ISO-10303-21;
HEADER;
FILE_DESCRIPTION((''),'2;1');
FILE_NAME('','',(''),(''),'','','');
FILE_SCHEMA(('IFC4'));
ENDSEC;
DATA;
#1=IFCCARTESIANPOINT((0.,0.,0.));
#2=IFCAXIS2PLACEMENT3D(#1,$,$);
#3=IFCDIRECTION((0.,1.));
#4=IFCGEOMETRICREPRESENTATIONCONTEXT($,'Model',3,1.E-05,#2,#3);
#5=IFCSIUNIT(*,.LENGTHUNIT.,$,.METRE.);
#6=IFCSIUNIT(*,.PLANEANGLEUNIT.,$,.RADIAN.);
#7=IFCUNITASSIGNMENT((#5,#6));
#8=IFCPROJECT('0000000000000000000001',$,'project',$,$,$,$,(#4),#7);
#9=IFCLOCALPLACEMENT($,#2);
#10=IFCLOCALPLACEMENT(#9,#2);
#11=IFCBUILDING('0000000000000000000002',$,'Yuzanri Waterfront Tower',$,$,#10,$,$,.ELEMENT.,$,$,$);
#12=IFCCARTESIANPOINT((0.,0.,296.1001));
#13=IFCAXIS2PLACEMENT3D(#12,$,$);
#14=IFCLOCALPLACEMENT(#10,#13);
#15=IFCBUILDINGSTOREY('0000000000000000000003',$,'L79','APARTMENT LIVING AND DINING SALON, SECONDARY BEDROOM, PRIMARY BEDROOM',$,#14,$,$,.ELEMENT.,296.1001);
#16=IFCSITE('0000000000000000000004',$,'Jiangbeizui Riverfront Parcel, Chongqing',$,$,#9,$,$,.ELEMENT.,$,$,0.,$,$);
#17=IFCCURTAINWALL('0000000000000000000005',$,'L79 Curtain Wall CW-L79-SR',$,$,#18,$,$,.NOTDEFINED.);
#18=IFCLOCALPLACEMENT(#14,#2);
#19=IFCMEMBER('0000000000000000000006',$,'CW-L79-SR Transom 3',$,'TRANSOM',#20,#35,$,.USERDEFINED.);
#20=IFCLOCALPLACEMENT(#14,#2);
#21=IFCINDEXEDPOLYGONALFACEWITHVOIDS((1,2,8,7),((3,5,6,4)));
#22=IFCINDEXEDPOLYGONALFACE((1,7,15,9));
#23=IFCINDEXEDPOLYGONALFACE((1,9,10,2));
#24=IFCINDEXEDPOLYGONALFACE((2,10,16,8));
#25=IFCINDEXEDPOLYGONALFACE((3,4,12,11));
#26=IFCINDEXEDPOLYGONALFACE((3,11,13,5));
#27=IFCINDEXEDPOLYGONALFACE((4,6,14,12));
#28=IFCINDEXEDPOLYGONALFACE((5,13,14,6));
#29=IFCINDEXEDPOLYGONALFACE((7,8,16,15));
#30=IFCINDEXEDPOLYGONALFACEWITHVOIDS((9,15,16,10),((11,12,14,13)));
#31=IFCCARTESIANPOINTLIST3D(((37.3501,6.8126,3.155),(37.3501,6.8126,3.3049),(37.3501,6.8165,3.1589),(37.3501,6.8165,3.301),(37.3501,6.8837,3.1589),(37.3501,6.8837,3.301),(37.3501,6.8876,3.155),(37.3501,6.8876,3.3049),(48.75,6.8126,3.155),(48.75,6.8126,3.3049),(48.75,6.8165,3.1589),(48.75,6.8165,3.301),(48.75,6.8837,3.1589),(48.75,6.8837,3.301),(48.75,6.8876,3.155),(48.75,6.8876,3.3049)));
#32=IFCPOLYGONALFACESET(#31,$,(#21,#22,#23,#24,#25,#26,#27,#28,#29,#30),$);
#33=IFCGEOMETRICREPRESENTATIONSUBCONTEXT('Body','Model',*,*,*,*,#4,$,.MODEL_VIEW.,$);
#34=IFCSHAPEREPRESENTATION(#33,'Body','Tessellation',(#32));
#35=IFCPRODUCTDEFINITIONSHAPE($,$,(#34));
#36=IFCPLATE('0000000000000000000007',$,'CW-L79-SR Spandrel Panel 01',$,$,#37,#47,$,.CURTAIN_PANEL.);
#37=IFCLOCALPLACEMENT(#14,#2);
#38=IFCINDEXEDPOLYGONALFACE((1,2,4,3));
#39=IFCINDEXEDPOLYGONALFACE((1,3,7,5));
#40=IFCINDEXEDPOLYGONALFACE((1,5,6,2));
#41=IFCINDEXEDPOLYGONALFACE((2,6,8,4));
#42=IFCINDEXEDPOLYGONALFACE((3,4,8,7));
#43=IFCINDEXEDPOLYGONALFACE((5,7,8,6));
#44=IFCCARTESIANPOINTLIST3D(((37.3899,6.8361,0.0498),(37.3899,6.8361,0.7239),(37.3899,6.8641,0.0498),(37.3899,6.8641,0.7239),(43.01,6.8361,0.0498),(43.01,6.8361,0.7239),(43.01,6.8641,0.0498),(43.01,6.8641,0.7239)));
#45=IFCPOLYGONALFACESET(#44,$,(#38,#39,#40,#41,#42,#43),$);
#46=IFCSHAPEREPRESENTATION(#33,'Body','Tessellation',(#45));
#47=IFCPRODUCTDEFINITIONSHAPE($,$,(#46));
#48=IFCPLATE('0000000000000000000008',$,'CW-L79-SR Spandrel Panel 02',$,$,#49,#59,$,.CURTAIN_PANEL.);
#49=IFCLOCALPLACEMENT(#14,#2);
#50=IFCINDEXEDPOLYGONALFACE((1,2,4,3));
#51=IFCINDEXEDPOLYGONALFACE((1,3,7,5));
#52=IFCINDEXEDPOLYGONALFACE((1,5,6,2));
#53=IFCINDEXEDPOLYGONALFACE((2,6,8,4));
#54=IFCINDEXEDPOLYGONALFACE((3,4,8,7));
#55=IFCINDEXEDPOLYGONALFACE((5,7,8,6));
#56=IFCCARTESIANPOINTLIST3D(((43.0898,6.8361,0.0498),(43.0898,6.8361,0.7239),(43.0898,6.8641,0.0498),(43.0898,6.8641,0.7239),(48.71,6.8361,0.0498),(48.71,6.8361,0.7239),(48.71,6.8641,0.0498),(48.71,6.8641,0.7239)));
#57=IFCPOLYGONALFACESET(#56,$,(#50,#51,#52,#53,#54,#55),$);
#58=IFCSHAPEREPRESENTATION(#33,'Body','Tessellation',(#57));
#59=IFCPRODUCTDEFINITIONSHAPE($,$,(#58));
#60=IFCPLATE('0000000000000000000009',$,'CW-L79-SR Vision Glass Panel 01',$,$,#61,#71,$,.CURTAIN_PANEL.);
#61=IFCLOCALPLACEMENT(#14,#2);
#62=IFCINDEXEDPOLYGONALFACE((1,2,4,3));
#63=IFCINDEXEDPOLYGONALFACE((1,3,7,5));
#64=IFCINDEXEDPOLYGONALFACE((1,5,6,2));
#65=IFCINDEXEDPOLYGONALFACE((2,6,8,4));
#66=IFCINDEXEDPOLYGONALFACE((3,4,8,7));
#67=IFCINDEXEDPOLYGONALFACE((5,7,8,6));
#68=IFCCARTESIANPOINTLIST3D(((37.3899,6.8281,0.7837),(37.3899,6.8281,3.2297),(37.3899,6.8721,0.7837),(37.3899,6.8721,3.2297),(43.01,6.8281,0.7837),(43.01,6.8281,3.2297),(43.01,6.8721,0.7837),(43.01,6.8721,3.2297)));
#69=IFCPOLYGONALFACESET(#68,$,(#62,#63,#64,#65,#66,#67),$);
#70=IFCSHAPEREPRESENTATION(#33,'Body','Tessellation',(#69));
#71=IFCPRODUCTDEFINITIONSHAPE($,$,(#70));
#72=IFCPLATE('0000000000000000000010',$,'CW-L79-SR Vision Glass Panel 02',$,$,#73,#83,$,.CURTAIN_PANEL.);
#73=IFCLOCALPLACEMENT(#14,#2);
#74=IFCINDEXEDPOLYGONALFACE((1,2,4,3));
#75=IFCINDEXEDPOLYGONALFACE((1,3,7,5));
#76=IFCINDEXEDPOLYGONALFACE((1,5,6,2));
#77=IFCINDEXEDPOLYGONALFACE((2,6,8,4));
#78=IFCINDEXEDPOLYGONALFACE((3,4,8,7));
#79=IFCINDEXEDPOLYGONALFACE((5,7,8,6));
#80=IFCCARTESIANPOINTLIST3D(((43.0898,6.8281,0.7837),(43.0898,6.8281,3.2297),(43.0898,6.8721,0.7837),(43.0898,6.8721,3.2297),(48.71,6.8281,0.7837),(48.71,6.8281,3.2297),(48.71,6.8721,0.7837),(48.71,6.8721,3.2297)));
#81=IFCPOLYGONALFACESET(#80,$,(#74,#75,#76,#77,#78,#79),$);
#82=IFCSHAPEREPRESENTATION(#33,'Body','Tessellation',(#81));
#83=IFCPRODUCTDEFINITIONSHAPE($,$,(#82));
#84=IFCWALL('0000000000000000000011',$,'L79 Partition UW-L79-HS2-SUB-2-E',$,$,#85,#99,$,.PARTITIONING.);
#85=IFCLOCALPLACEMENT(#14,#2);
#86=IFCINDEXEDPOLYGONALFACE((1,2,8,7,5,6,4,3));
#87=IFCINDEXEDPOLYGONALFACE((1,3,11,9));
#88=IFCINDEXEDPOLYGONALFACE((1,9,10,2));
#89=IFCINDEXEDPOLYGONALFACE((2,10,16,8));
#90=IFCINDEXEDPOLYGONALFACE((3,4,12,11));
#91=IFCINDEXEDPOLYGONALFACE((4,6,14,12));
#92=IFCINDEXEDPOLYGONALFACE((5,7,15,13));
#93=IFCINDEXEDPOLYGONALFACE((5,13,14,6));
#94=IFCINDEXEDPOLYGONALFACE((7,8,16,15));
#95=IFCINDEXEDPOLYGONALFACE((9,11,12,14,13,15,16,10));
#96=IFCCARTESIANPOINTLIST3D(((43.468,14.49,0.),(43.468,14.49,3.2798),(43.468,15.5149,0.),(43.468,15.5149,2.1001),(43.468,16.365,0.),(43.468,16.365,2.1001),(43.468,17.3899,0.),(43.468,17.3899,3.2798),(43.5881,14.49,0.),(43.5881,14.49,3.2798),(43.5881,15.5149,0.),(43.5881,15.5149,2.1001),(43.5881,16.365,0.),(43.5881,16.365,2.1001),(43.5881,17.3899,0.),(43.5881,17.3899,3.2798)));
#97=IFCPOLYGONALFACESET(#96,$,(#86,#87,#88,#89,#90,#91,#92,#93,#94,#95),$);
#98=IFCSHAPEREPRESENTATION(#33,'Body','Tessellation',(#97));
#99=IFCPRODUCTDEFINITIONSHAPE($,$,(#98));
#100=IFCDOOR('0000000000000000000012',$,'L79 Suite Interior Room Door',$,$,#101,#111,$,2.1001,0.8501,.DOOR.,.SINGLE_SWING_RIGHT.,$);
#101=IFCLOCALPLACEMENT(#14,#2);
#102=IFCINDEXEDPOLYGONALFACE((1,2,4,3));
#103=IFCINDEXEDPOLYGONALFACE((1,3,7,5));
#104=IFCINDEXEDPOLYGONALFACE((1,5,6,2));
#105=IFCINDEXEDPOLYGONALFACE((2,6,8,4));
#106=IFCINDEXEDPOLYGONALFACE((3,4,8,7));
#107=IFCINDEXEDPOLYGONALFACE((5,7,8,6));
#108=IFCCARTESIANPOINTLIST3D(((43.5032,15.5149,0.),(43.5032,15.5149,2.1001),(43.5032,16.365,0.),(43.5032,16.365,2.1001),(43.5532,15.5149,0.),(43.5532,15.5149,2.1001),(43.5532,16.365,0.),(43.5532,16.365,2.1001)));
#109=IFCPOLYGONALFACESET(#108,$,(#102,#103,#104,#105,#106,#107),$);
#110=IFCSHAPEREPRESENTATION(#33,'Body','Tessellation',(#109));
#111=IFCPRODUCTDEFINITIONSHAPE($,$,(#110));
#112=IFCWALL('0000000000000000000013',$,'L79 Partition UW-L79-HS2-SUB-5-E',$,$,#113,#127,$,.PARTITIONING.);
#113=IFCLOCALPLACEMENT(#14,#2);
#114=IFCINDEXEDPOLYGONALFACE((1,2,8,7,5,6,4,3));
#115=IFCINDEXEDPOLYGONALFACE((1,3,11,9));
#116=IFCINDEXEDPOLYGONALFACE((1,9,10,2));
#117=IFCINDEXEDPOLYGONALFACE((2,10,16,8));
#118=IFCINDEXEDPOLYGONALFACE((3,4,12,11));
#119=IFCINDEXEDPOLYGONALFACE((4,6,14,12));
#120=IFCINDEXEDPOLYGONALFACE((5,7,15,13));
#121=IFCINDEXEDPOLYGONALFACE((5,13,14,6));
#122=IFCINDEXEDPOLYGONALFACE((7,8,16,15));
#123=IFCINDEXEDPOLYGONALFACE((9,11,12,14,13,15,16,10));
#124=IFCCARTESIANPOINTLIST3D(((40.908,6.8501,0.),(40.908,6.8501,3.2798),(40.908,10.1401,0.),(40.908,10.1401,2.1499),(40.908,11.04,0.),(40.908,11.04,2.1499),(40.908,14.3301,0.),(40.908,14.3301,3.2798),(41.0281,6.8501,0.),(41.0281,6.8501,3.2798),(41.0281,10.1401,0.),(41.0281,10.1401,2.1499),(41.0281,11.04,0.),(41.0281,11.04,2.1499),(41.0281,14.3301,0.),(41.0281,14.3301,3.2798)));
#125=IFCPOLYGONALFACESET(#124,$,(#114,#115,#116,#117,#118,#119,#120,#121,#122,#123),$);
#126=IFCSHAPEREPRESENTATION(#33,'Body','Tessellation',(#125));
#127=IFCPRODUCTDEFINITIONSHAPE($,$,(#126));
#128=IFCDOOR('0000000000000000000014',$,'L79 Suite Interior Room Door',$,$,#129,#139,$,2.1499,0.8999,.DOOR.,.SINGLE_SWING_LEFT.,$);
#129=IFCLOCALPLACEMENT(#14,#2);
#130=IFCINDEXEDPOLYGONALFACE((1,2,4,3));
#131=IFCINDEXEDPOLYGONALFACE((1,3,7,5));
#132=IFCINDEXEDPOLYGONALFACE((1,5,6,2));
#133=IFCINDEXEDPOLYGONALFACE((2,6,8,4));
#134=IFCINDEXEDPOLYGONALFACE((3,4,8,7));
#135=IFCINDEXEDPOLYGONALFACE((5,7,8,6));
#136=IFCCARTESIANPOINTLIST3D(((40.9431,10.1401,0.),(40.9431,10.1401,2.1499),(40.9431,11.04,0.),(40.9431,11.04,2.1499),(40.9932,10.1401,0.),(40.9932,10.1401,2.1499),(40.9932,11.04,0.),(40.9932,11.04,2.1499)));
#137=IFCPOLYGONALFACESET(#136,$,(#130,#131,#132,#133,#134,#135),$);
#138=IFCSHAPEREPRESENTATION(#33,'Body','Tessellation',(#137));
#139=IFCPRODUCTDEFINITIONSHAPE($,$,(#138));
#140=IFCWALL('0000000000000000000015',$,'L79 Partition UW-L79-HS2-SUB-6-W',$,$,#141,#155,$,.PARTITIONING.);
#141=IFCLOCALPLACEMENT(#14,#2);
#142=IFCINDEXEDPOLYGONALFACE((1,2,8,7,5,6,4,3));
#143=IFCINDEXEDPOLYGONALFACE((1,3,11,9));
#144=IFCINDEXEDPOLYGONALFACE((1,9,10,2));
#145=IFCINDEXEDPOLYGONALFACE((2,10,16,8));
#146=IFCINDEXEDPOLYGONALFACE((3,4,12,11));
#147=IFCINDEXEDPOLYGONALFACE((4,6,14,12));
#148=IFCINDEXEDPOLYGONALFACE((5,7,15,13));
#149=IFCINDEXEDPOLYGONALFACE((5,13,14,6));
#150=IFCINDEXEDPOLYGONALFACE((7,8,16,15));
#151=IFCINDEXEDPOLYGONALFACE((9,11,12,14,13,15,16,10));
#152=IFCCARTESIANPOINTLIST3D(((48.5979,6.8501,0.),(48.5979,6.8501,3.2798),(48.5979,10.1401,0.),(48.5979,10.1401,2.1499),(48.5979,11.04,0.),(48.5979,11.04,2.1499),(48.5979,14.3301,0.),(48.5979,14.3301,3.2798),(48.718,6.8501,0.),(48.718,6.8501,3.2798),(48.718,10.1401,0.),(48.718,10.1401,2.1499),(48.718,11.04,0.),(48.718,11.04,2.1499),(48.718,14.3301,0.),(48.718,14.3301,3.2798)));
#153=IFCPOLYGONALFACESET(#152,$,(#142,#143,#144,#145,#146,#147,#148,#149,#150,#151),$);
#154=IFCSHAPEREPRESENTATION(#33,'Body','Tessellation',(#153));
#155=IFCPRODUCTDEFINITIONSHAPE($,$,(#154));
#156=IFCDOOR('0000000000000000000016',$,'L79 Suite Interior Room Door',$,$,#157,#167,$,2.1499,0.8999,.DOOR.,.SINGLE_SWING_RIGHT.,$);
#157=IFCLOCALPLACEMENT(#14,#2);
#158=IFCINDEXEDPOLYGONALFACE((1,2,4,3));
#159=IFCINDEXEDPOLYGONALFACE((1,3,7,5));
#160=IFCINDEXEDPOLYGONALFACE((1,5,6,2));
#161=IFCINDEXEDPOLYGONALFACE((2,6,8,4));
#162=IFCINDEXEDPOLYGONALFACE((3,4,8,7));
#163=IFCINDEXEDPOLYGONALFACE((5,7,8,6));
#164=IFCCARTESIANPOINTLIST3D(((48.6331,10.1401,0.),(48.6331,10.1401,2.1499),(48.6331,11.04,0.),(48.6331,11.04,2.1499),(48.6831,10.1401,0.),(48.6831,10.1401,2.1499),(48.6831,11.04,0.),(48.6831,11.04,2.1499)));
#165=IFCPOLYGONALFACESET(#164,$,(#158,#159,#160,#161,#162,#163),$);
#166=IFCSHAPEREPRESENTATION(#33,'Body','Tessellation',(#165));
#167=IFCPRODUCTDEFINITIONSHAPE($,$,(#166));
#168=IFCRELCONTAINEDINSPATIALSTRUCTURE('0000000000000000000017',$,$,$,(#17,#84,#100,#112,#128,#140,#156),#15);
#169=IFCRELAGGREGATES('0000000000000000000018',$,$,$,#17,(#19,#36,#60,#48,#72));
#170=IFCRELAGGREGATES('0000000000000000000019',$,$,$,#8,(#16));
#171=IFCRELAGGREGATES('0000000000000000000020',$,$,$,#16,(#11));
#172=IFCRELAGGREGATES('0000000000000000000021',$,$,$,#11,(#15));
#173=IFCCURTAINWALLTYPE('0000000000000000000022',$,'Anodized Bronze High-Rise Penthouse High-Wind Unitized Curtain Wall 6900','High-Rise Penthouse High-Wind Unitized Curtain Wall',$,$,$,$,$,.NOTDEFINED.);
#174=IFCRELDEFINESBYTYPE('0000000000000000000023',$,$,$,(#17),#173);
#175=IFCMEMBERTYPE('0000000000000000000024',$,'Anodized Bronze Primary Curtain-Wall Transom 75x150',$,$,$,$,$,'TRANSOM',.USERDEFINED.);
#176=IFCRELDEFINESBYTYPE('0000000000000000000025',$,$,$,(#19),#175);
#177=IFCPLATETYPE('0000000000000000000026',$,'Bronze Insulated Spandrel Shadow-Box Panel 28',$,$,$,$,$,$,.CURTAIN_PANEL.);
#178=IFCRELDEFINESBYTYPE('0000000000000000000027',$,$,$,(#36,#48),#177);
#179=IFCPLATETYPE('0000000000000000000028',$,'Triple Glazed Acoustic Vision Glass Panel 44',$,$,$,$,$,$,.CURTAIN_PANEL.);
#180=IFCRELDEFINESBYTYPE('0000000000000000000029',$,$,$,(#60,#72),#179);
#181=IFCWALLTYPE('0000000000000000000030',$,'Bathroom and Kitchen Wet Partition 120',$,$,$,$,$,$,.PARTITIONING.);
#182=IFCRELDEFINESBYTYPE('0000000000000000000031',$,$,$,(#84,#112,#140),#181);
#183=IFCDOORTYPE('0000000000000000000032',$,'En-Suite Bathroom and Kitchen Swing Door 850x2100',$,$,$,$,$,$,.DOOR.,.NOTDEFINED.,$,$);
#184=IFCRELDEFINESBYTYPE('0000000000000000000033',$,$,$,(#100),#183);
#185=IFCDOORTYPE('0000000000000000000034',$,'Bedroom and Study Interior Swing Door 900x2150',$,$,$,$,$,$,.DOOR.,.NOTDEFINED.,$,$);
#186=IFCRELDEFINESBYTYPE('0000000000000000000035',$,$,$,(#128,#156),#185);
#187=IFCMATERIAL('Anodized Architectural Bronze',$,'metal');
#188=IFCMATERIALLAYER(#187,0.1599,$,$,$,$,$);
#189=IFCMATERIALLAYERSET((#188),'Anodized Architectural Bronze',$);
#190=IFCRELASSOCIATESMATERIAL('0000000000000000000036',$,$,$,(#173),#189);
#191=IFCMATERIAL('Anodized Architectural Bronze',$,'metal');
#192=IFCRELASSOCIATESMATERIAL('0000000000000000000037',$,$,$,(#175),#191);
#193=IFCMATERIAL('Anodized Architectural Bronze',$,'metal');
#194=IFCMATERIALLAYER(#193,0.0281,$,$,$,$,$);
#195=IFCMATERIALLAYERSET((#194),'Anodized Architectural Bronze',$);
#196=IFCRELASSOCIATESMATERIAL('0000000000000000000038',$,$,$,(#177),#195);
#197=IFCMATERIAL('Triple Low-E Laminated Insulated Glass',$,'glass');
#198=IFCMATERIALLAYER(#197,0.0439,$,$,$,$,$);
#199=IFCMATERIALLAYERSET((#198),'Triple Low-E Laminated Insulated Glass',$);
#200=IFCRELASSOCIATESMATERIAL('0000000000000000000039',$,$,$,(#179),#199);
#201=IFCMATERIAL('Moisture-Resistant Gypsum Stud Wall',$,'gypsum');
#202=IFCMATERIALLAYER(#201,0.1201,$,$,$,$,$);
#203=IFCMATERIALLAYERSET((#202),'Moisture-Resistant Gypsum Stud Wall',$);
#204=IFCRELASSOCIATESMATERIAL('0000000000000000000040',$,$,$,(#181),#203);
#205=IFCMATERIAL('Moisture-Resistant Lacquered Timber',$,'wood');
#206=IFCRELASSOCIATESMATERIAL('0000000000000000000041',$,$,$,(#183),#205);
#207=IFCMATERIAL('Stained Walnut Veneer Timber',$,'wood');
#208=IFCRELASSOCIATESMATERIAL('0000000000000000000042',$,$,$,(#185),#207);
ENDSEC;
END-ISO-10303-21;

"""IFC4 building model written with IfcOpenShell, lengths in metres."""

from ifc_helpers import new_model, si_unit, direction, frame, frame_2d, origin, origin_2d, place, context, subcontext, project, spatial, rectangle, hollow_rectangle, extrude, source, transform, mapped, material, layer, layer_set, material_profile, profile_set, type_object, element, fill, aggregate, save


model = new_model("IFC4")

# Units and contexts
model_context = context("Model", 3, precision=1e-05, world=origin(), true_north=direction((0.0, 1.0)))
body_context = subcontext(model_context, "Body", "Model", "MODEL_VIEW")
ifc_project = project(units=[si_unit("LENGTHUNIT", "METRE"), si_unit("PLANEANGLEUNIT", "RADIAN")], contexts=[model_context])

# Site, building, storey
site_placement = place(None, origin())
site = spatial("IfcSite", under=ifc_project, at=site_placement, Name="Jiangbeizui Riverfront Parcel, Chongqing", CompositionType="ELEMENT", RefElevation=0.0)
building_placement = place(site_placement, origin())
building = spatial("IfcBuilding", under=site, at=building_placement, Name="Yuzanri Waterfront Tower", CompositionType="ELEMENT")
storey_placement = place(building_placement, frame((0.0, 0.0, 296.1001)))
storey = spatial("IfcBuildingStorey", under=building, at=storey_placement, Name="L79", Description="APARTMENT LIVING AND DINING SALON, SECONDARY BEDROOM, PRIMARY BEDROOM", CompositionType="ELEMENT", Elevation=296.1001)

# Curtain wall, member, plates
ifc_material_1 = material(Name="Anodized Architectural Bronze", Category="metal")
ifc_layer_1 = layer(ifc_material_1, 0.1599)
ifc_layer_set_1 = layer_set([ifc_layer_1], Name="Anodized Architectural Bronze")
curtain_wall_type = type_object("IfcCurtainWallType", Name="Anodized Bronze High-Rise Penthouse High-Wind Unitized Curtain Wall 6900", Description="High-Rise Penthouse High-Wind Unitized Curtain Wall", PredefinedType="NOTDEFINED", material=ifc_layer_set_1)
curtain_wall_placement = place(storey_placement, origin())
curtain_wall = element("IfcCurtainWall", 1, at=curtain_wall_placement, inside=storey, type_object=curtain_wall_type, Name="L79 Curtain Wall CW-L79-SR", PredefinedType="NOTDEFINED")
ifc_material_2 = material(Name="Anodized Architectural Bronze", Category="metal")
ifc_material_profile_1 = material_profile(ifc_material_2, hollow_rectangle(XDim=0.075, YDim=0.1499, WallThickness=0.0039, at=origin_2d()), Name="CWT 75x150")
ifc_profile_set_1 = profile_set([ifc_material_profile_1], Name="Anodized Architectural Bronze")
member_type_1 = type_object("IfcMemberType", Name="Anodized Bronze Primary Curtain-Wall Transom 75x150", ElementType="TRANSOM", PredefinedType="USERDEFINED", material=ifc_profile_set_1)
shared_shape_1 = source(origin(), body_context, "Body", "SweptSolid", [
    extrude(hollow_rectangle(XDim=0.075, YDim=0.1499, WallThickness=0.0039, at=origin_2d()), origin(), (0.0, 0.0, 1.0), 11.3999),
])
member_1_placement = place(storey_placement, frame((37.3501, 6.8501, 3.23), z_axis=(1.0, 0.0, 0.0), x_axis=(0.0, 1.0, 0.0)))
member_1 = element("IfcMember", 2, at=member_1_placement, type_object=member_type_1, Name="CW-L79-SR Transom 3", ObjectType="TRANSOM", PredefinedType="USERDEFINED", context=body_context, shape_type="MappedRepresentation", body=[
    mapped(shared_shape_1, transform((0.0, 0.0, 0.0), scale=1.0)),
])
ifc_material_3 = material(Name="Anodized Architectural Bronze", Category="metal")
ifc_layer_2 = layer(ifc_material_3, 0.0281)
ifc_layer_set_2 = layer_set([ifc_layer_2], Name="Anodized Architectural Bronze")
plate_type_1 = type_object("IfcPlateType", Name="Bronze Insulated Spandrel Shadow-Box Panel 28", PredefinedType="CURTAIN_PANEL", material=ifc_layer_set_2)
shared_shape_2 = source(origin(), body_context, "Body", "SweptSolid", [
    extrude(rectangle(XDim=5.6201, YDim=0.0281, at=origin_2d()), origin(), (0.0, 0.0, 1.0), 0.6741),
])
plate_1_placement = place(storey_placement, frame((40.2, 6.8501, 0.0498), z_axis=(0.0, 0.0, 1.0), x_axis=(1.0, 0.0, 0.0)))
plate_1 = element("IfcPlate", 3, at=plate_1_placement, type_object=plate_type_1, Name="CW-L79-SR Spandrel Panel 01", PredefinedType="CURTAIN_PANEL", context=body_context, shape_type="MappedRepresentation", body=[
    mapped(shared_shape_2, transform((0.0, 0.0, 0.0), scale=1.0)),
])
plate_2_placement = place(storey_placement, frame((45.8999, 6.8501, 0.0498), z_axis=(0.0, 0.0, 1.0), x_axis=(1.0, 0.0, 0.0)))
plate_2 = element("IfcPlate", 4, at=plate_2_placement, type_object=plate_type_1, Name="CW-L79-SR Spandrel Panel 02", PredefinedType="CURTAIN_PANEL", context=body_context, shape_type="MappedRepresentation", body=[
    mapped(shared_shape_2, transform((0.0, 0.0, 0.0), scale=1.0)),
])
ifc_material_4 = material(Name="Triple Low-E Laminated Insulated Glass", Category="glass")
ifc_layer_3 = layer(ifc_material_4, 0.0439)
ifc_layer_set_3 = layer_set([ifc_layer_3], Name="Triple Low-E Laminated Insulated Glass")
plate_type_2 = type_object("IfcPlateType", Name="Triple Glazed Acoustic Vision Glass Panel 44", PredefinedType="CURTAIN_PANEL", material=ifc_layer_set_3)
shared_shape_3 = source(origin(), body_context, "Body", "SweptSolid", [
    extrude(rectangle(XDim=5.6201, YDim=0.0439, at=origin_2d()), origin(), (0.0, 0.0, 1.0), 2.446),
])
plate_3_placement = place(storey_placement, frame((40.2, 6.8501, 0.7837), z_axis=(0.0, 0.0, 1.0), x_axis=(1.0, 0.0, 0.0)))
plate_3 = element("IfcPlate", 5, at=plate_3_placement, type_object=plate_type_2, Name="CW-L79-SR Vision Glass Panel 01", PredefinedType="CURTAIN_PANEL", context=body_context, shape_type="MappedRepresentation", body=[
    mapped(shared_shape_3, transform((0.0, 0.0, 0.0), scale=1.0)),
])
plate_4_placement = place(storey_placement, frame((45.8999, 6.8501, 0.7837), z_axis=(0.0, 0.0, 1.0), x_axis=(1.0, 0.0, 0.0)))
plate_4 = element("IfcPlate", 6, at=plate_4_placement, type_object=plate_type_2, Name="CW-L79-SR Vision Glass Panel 02", PredefinedType="CURTAIN_PANEL", context=body_context, shape_type="MappedRepresentation", body=[
    mapped(shared_shape_3, transform((0.0, 0.0, 0.0), scale=1.0)),
])
aggregate(curtain_wall, [member_1, plate_1, plate_3, plate_2, plate_4])

# Walls, openings, doors
ifc_material_5 = material(Name="Moisture-Resistant Gypsum Stud Wall", Category="gypsum")
ifc_layer_4 = layer(ifc_material_5, 0.1201)
ifc_layer_set_4 = layer_set([ifc_layer_4], Name="Moisture-Resistant Gypsum Stud Wall")
wall_type = type_object("IfcWallType", Name="Bathroom and Kitchen Wet Partition 120", PredefinedType="PARTITIONING", material=ifc_layer_set_4)
wall_1_placement = place(storey_placement, frame((43.5281, 14.49, 0.0), z_axis=(0.0, 0.0, 1.0), x_axis=(0.0, 1.0, 0.0)))
wall_1 = element("IfcWall", 7, at=wall_1_placement, inside=storey, type_object=wall_type, Name="L79 Partition UW-L79-HS2-SUB-2-E", PredefinedType="PARTITIONING", context=body_context, shape_type="SweptSolid", body=[
    extrude(rectangle(XDim=2.8999, YDim=0.1201, at=frame_2d((1.45, 0.0))), origin(), (0.0, 0.0, 1.0), 3.2798),
])
opening_1_placement = place(wall_1_placement, frame((1.0249, 0.0, 0.0)))
opening_1 = element("IfcOpeningElement", 8, at=opening_1_placement, cuts=wall_1, PredefinedType="OPENING", context=body_context, shape_type="SweptSolid", body=[
    extrude(rectangle(XDim=0.8501, YDim=2.1001, at=frame_2d((0.425, 1.05))), frame((0.0, 0.075, 0.0), z_axis=(0.0, -1.0, 0.0), x_axis=(1.0, 0.0, 0.0)), (0.0, 0.0, 1.0), 0.1499),
])
ifc_material_6 = material(Name="Moisture-Resistant Lacquered Timber", Category="wood")
door_type_1 = type_object("IfcDoorType", Name="En-Suite Bathroom and Kitchen Swing Door 850x2100", OperationType="NOTDEFINED", PredefinedType="DOOR", material=ifc_material_6)
shared_shape_4 = source(origin(), body_context, "Body", "SweptSolid", [
    extrude(rectangle(XDim=0.8501, YDim=2.1001, at=frame_2d((0.425, 1.05))), frame((0.0, 0.0249, 0.0), z_axis=(0.0, -1.0, 0.0), x_axis=(1.0, 0.0, 0.0)), (0.0, 0.0, 1.0), 0.05),
])
door_1_placement = place(opening_1_placement, origin())
door_1 = element("IfcDoor", 9, at=door_1_placement, inside=storey, type_object=door_type_1, Name="L79 Suite Interior Room Door", OperationType="SINGLE_SWING_RIGHT", OverallHeight=2.1001, OverallWidth=0.8501, PredefinedType="DOOR", context=body_context, shape_type="MappedRepresentation", body=[
    mapped(shared_shape_4, transform((0.0, 0.0, 0.0), scale=1.0)),
])
fill(opening_1, door_1)
wall_2_placement = place(storey_placement, frame((40.968, 6.8501, 0.0), z_axis=(0.0, 0.0, 1.0), x_axis=(0.0, 1.0, 0.0)))
wall_2 = element("IfcWall", 10, at=wall_2_placement, inside=storey, type_object=wall_type, Name="L79 Partition UW-L79-HS2-SUB-5-E", PredefinedType="PARTITIONING", context=body_context, shape_type="SweptSolid", body=[
    extrude(rectangle(XDim=7.48, YDim=0.1201, at=frame_2d((3.74, 0.0))), origin(), (0.0, 0.0, 1.0), 3.2798),
])
opening_2_placement = place(wall_2_placement, frame((3.29, 0.0, 0.0)))
opening_2 = element("IfcOpeningElement", 11, at=opening_2_placement, cuts=wall_2, PredefinedType="OPENING", context=body_context, shape_type="SweptSolid", body=[
    extrude(rectangle(XDim=0.8999, YDim=2.1499, at=frame_2d((0.45, 1.075))), frame((0.0, 0.075, 0.0), z_axis=(0.0, -1.0, 0.0), x_axis=(1.0, 0.0, 0.0)), (0.0, 0.0, 1.0), 0.1499),
])
ifc_material_7 = material(Name="Stained Walnut Veneer Timber", Category="wood")
door_type_2 = type_object("IfcDoorType", Name="Bedroom and Study Interior Swing Door 900x2150", OperationType="NOTDEFINED", PredefinedType="DOOR", material=ifc_material_7)
shared_shape_5 = source(origin(), body_context, "Body", "SweptSolid", [
    extrude(rectangle(XDim=0.8999, YDim=2.1499, at=frame_2d((0.45, 1.075))), frame((0.0, 0.0249, 0.0), z_axis=(0.0, -1.0, 0.0), x_axis=(1.0, 0.0, 0.0)), (0.0, 0.0, 1.0), 0.05),
])
door_2_placement = place(opening_2_placement, origin())
door_2 = element("IfcDoor", 12, at=door_2_placement, inside=storey, type_object=door_type_2, Name="L79 Suite Interior Room Door", OperationType="SINGLE_SWING_LEFT", OverallHeight=2.1499, OverallWidth=0.8999, PredefinedType="DOOR", context=body_context, shape_type="MappedRepresentation", body=[
    mapped(shared_shape_5, transform((0.0, 0.0, 0.0), scale=1.0)),
])
fill(opening_2, door_2)
wall_3_placement = place(storey_placement, frame((48.658, 6.8501, 0.0), z_axis=(0.0, 0.0, 1.0), x_axis=(0.0, 1.0, 0.0)))
wall_3 = element("IfcWall", 13, at=wall_3_placement, inside=storey, type_object=wall_type, Name="L79 Partition UW-L79-HS2-SUB-6-W", PredefinedType="PARTITIONING", context=body_context, shape_type="SweptSolid", body=[
    extrude(rectangle(XDim=7.48, YDim=0.1201, at=frame_2d((3.74, 0.0))), origin(), (0.0, 0.0, 1.0), 3.2798),
])
opening_3_placement = place(wall_3_placement, frame((3.29, 0.0, 0.0)))
opening_3 = element("IfcOpeningElement", 14, at=opening_3_placement, cuts=wall_3, PredefinedType="OPENING", context=body_context, shape_type="SweptSolid", body=[
    extrude(rectangle(XDim=0.8999, YDim=2.1499, at=frame_2d((0.45, 1.075))), frame((0.0, 0.075, 0.0), z_axis=(0.0, -1.0, 0.0), x_axis=(1.0, 0.0, 0.0)), (0.0, 0.0, 1.0), 0.1499),
])
door_3_placement = place(opening_3_placement, origin())
door_3 = element("IfcDoor", 15, at=door_3_placement, inside=storey, type_object=door_type_2, Name="L79 Suite Interior Room Door", OperationType="SINGLE_SWING_RIGHT", OverallHeight=2.1499, OverallWidth=0.8999, PredefinedType="DOOR", context=body_context, shape_type="MappedRepresentation", body=[
    mapped(shared_shape_5, transform((0.0, 0.0, 0.0), scale=1.0)),
])
fill(opening_3, door_3)

save(model, "model.ifc")
